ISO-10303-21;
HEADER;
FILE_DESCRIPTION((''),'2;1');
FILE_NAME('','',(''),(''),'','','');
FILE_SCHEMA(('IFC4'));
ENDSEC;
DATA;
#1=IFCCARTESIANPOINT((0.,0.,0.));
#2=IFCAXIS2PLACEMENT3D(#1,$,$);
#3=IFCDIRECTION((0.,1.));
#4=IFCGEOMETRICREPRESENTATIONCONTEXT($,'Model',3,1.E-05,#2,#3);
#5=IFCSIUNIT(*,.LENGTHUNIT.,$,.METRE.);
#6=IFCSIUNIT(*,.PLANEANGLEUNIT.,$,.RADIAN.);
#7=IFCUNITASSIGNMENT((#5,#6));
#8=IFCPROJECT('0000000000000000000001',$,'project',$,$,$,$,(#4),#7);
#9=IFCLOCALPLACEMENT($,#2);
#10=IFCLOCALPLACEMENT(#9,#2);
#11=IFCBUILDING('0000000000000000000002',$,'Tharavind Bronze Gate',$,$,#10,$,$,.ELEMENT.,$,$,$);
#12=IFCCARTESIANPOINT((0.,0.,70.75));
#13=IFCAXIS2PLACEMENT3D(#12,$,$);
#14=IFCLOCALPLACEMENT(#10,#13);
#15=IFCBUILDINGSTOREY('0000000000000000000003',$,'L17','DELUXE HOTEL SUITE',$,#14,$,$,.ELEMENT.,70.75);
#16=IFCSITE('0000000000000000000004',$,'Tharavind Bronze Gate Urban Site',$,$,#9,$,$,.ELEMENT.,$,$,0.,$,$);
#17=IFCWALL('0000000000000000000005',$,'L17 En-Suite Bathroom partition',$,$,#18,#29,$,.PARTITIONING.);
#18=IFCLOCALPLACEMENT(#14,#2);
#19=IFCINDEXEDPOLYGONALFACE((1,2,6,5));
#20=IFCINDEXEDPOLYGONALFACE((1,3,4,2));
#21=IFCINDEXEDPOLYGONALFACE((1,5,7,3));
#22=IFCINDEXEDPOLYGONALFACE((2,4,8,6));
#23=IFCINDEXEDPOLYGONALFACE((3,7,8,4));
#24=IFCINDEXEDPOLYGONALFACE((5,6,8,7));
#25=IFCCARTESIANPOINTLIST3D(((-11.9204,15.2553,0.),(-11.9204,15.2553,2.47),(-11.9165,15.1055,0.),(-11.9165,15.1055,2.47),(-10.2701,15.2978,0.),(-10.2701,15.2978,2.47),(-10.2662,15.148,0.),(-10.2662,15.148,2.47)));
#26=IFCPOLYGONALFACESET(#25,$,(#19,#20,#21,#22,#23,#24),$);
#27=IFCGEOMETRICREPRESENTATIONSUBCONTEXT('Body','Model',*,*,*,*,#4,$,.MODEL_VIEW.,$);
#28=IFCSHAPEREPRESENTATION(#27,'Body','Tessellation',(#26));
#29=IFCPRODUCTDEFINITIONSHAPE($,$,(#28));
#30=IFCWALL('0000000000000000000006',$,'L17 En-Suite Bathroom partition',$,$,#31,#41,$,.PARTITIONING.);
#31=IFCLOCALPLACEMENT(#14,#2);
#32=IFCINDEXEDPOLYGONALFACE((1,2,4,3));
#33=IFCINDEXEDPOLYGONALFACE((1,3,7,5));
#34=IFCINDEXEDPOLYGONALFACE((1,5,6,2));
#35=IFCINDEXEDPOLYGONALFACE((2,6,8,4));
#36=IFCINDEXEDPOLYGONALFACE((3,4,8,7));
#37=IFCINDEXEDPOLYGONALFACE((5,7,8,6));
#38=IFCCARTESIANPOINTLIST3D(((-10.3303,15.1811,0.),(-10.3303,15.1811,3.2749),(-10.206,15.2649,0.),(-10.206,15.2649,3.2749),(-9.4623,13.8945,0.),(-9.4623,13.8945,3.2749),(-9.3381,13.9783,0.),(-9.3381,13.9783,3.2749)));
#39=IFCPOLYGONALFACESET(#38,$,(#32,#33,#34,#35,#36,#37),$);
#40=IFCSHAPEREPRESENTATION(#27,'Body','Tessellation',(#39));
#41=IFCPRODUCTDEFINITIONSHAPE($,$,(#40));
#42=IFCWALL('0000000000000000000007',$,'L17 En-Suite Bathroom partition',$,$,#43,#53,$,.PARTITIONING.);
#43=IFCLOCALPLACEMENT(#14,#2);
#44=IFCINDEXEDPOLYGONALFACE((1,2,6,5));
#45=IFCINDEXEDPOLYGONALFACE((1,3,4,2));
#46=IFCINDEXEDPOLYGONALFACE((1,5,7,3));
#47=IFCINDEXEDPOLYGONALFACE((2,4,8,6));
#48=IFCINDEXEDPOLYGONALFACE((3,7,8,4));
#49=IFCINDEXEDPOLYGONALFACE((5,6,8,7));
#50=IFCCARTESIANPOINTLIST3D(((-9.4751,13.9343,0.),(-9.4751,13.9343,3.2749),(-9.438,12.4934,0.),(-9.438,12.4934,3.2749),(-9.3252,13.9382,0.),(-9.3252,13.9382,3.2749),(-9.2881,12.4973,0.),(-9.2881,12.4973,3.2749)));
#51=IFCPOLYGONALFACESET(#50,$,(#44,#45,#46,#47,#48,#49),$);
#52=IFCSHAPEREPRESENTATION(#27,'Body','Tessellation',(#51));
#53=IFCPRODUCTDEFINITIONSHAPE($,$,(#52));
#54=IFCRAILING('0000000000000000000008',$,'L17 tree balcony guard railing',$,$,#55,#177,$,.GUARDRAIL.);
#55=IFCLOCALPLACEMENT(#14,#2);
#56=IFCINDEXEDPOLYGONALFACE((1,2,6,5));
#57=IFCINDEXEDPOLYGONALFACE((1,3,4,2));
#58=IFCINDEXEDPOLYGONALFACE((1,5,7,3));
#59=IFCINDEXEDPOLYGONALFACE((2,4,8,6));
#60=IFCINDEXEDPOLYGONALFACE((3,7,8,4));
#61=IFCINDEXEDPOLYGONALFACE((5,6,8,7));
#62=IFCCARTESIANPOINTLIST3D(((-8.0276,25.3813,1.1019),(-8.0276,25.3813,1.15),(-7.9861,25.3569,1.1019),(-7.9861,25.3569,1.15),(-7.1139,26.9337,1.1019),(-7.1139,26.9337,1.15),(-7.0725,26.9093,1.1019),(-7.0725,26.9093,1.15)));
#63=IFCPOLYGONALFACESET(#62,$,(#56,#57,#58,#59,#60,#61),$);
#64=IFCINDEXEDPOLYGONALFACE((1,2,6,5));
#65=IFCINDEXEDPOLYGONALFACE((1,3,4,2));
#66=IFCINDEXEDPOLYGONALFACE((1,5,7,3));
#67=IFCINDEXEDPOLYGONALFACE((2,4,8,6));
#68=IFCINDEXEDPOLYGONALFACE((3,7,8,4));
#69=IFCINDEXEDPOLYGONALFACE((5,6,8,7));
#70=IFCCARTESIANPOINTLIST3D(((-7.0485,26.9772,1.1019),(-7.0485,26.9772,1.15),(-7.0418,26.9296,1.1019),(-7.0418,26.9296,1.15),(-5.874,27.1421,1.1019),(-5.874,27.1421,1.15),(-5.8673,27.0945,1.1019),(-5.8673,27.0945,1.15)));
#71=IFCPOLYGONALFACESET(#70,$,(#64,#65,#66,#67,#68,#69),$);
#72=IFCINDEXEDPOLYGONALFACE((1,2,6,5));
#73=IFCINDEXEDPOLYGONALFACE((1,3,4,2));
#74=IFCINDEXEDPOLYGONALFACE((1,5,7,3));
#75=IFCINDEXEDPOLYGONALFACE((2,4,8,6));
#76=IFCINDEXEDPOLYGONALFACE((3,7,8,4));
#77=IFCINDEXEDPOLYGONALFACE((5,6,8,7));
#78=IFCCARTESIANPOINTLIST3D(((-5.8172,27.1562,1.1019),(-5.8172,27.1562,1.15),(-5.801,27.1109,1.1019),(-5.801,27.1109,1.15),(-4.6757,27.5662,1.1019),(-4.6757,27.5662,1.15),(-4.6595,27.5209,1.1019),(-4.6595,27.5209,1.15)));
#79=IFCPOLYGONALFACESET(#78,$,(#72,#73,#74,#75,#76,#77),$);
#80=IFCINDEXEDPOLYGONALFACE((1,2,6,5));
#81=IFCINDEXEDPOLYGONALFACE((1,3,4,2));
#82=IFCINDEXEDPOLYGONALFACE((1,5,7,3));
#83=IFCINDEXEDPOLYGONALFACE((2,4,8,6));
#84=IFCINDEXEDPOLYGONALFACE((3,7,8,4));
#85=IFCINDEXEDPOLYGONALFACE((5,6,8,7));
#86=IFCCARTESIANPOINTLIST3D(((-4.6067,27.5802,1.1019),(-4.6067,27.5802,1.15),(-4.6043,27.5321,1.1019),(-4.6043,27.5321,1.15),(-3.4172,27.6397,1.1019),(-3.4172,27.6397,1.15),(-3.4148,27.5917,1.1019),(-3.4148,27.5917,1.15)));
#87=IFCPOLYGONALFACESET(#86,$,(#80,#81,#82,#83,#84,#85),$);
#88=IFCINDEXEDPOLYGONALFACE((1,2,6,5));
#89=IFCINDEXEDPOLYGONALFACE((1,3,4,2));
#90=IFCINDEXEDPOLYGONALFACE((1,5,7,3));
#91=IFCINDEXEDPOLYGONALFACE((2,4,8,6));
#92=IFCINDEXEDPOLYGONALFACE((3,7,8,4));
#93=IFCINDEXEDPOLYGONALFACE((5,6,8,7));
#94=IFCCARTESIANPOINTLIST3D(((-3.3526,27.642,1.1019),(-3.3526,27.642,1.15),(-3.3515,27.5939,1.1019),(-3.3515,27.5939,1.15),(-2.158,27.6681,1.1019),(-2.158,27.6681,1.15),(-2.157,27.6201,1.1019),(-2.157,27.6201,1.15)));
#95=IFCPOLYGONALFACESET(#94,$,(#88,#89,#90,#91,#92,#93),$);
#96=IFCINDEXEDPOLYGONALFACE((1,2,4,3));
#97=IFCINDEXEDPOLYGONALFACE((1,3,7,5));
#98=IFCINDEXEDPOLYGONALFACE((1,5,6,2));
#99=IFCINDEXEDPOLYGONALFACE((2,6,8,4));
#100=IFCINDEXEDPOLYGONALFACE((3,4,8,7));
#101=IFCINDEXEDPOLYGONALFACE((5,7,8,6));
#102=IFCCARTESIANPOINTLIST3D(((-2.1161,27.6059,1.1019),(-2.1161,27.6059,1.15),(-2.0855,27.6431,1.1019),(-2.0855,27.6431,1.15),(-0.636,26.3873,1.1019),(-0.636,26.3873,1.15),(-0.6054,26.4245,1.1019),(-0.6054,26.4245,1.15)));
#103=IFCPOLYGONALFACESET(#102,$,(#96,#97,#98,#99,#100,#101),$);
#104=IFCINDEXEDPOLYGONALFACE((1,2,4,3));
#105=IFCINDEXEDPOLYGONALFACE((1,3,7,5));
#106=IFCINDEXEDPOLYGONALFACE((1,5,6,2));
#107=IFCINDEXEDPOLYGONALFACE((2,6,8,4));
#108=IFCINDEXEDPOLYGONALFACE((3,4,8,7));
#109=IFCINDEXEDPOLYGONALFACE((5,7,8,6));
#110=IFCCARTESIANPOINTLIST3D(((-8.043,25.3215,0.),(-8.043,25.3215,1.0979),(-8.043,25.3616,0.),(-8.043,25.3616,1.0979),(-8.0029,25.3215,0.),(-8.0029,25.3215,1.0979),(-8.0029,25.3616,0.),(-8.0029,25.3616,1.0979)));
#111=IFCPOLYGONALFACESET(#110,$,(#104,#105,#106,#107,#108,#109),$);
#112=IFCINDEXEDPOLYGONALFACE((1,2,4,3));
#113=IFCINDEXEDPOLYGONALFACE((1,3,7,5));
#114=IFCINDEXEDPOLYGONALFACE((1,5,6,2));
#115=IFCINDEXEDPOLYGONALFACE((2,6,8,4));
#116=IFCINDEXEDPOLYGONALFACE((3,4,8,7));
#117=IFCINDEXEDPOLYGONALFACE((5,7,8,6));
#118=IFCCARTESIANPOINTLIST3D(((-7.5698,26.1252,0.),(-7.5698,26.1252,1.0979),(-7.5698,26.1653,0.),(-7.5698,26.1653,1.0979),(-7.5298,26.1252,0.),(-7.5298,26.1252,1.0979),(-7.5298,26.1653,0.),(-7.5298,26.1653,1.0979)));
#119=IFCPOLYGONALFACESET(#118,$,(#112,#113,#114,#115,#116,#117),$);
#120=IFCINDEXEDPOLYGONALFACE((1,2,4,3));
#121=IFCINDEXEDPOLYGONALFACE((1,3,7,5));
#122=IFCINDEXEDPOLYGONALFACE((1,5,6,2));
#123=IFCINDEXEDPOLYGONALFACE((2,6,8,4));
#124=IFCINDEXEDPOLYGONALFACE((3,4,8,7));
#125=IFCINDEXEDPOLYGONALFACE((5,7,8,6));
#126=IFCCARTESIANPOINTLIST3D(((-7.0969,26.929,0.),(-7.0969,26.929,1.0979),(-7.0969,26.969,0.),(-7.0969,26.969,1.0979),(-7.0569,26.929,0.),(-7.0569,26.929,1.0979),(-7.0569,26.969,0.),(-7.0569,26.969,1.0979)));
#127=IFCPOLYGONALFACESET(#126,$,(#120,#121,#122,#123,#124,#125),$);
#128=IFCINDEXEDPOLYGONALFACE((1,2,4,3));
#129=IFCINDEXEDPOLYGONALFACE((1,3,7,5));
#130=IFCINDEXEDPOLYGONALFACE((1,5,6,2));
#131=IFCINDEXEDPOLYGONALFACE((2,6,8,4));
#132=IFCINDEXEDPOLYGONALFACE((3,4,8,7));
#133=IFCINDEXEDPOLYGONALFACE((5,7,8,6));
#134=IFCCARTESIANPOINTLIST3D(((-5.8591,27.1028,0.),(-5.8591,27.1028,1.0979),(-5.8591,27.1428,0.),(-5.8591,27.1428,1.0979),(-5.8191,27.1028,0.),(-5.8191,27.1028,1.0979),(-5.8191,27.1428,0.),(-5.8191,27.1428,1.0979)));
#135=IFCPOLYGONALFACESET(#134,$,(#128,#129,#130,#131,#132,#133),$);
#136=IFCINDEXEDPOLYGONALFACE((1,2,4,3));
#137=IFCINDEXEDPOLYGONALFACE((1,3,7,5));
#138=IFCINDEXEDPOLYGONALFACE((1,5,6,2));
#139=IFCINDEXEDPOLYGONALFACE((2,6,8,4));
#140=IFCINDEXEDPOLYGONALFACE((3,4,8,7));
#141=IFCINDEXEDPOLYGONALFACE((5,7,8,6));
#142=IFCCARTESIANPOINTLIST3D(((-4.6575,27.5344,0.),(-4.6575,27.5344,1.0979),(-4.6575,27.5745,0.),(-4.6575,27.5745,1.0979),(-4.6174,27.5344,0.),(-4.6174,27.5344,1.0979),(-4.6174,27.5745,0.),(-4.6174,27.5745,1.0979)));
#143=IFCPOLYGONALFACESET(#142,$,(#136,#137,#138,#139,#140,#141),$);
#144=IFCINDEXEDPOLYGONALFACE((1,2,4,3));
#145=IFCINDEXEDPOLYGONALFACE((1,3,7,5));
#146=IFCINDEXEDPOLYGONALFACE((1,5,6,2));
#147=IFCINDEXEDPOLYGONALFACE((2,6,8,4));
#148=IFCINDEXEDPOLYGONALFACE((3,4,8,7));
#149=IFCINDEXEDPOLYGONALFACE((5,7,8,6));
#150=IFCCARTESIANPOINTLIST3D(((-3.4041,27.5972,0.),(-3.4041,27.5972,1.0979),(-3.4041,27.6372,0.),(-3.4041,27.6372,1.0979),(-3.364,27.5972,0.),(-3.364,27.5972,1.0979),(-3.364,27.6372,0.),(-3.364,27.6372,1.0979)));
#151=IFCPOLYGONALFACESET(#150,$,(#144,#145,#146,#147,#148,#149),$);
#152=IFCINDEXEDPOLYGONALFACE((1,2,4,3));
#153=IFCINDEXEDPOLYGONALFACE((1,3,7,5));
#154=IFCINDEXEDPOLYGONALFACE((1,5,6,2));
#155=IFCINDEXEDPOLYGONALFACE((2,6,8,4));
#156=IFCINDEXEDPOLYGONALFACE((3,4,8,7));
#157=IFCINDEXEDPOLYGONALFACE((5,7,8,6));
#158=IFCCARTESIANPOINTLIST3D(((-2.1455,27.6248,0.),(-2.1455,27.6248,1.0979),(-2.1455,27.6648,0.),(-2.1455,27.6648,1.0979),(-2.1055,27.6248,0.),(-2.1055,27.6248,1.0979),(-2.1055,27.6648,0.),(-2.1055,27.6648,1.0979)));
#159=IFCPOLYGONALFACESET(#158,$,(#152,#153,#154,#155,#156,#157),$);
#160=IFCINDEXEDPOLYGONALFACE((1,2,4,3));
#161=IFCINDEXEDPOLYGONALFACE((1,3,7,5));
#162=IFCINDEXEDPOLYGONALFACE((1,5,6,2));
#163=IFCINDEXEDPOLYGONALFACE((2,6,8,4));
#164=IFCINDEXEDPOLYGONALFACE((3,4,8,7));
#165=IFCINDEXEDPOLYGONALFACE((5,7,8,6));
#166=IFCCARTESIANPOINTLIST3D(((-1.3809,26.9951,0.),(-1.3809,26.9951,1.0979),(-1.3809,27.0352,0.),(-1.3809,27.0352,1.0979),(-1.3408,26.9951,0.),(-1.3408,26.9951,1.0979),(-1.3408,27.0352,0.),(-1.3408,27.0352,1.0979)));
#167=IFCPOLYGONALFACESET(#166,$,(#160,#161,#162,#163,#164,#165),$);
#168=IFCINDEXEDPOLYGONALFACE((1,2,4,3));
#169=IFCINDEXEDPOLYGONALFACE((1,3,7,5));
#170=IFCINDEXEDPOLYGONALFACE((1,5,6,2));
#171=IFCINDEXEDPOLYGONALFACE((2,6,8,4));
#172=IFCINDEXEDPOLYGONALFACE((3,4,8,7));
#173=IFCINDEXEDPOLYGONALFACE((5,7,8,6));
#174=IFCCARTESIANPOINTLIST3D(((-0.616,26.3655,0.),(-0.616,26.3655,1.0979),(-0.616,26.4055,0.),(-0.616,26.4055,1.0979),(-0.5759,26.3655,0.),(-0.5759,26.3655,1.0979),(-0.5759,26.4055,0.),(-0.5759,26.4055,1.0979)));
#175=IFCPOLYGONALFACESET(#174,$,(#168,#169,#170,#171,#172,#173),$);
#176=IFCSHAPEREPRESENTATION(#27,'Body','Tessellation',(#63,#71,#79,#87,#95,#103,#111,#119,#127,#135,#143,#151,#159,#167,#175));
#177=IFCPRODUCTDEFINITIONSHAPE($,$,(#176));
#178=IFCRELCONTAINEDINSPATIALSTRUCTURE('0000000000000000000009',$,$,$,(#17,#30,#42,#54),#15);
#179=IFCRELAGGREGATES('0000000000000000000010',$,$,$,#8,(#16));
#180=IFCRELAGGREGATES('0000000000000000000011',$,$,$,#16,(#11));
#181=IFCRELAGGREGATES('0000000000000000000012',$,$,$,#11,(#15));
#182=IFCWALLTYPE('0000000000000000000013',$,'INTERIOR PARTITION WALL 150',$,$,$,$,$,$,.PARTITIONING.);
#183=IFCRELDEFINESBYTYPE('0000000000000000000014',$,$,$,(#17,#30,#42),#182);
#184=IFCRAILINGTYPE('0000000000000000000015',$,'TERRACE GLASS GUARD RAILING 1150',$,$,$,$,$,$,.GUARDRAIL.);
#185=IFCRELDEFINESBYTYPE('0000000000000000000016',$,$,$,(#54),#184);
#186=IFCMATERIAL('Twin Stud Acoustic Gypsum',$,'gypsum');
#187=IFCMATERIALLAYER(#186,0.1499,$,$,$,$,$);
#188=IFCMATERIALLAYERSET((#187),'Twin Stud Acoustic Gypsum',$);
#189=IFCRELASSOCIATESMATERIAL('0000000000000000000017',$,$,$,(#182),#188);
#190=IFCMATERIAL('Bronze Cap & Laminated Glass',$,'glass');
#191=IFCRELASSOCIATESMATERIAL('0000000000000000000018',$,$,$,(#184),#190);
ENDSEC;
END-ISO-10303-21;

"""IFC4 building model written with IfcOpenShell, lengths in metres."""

from ifc_helpers import new_model, si_unit, direction, frame, frame_2d, origin, origin_2d, place, context, subcontext, project, spatial, rectangle, extrude, material, layer, layer_set, type_object, element, save


model = new_model("IFC4")

# Units and contexts
model_context = context("Model", 3, precision=1e-05, world=origin(), true_north=direction((0.0, 1.0)))
body_context = subcontext(model_context, "Body", "Model", "MODEL_VIEW")
ifc_project = project(units=[si_unit("LENGTHUNIT", "METRE"), si_unit("PLANEANGLEUNIT", "RADIAN")], contexts=[model_context])

# Site, building, storey
site_placement = place(None, origin())
site = spatial("IfcSite", under=ifc_project, at=site_placement, Name="Tharavind Bronze Gate Urban Site", CompositionType="ELEMENT", RefElevation=0.0)
building_placement = place(site_placement, origin())
building = spatial("IfcBuilding", under=site, at=building_placement, Name="Tharavind Bronze Gate", CompositionType="ELEMENT")
storey_placement = place(building_placement, frame((0.0, 0.0, 70.75)))
storey = spatial("IfcBuildingStorey", under=building, at=storey_placement, Name="L17", Description="DELUXE HOTEL SUITE", CompositionType="ELEMENT", Elevation=70.75)

# Walls
ifc_material_1 = material(Name="Twin Stud Acoustic Gypsum", Category="gypsum")
ifc_layer_1 = layer(ifc_material_1, 0.1499)
ifc_layer_set_1 = layer_set([ifc_layer_1], Name="Twin Stud Acoustic Gypsum")
wall_type_1 = type_object("IfcWallType", Name="INTERIOR PARTITION WALL 150", PredefinedType="PARTITIONING", material=ifc_layer_set_1)
wall_1_placement = place(storey_placement, frame((-11.9185, 15.1804, 0.0), z_axis=(0.0, 0.0, 1.0), x_axis=(0.999669, 0.025731, 0.0)))
element("IfcWall", 1, at=wall_1_placement, inside=storey, type_object=wall_type_1, Name="L17 En-Suite Bathroom partition", PredefinedType="PARTITIONING", context=body_context, shape_type="SweptSolid", body=[
    extrude(rectangle(XDim=1.6509, YDim=0.1499, at=frame_2d((0.8254, 0.0))), origin(), (0.0, 0.0, 1.0), 2.47),
])
wall_2_placement = place(storey_placement, frame((-10.2681, 15.2229, 0.0), z_axis=(0.0, 0.0, 1.0), x_axis=(0.55923, -0.829013, 0.0)))
element("IfcWall", 2, at=wall_2_placement, inside=storey, type_object=wall_type_1, Name="L17 En-Suite Bathroom partition", PredefinedType="PARTITIONING", context=body_context, shape_type="SweptSolid", body=[
    extrude(rectangle(XDim=1.552, YDim=0.1499, at=frame_2d((0.7759, 0.0))), origin(), (0.0, 0.0, 1.0), 3.2749),
])
wall_3_placement = place(storey_placement, frame((-9.4001, 13.9363, 0.0), z_axis=(0.0, 0.0, 1.0), x_axis=(0.025745, -0.999669, 0.0)))
element("IfcWall", 3, at=wall_3_placement, inside=storey, type_object=wall_type_1, Name="L17 En-Suite Bathroom partition", PredefinedType="PARTITIONING", context=body_context, shape_type="SweptSolid", body=[
    extrude(rectangle(XDim=1.4414, YDim=0.1499, at=frame_2d((0.7207, 0.0))), origin(), (0.0, 0.0, 1.0), 3.2749),
])

# Railing
ifc_material_2 = material(Name="Bronze Cap & Laminated Glass", Category="glass")
railing_type = type_object("IfcRailingType", Name="TERRACE GLASS GUARD RAILING 1150", PredefinedType="GUARDRAIL", material=ifc_material_2)
railing_placement = place(storey_placement, frame((-8.0229, 25.3416, 0.0)))
element("IfcRailing", 4, at=railing_placement, inside=storey, type_object=railing_type, Name="L17 tree balcony guard railing", PredefinedType="GUARDRAIL", context=body_context, shape_type="SweptSolid", body=[
    extrude(rectangle(XDim=0.0481, YDim=0.0481, at=origin_2d()), frame((0.0161, 0.0276, 1.126), z_axis=(0.50722, 0.861816, 0.0), x_axis=(-0.861816, 0.50722, 0.0)), (0.0, 0.0, 1.0), 1.8013),
    extrude(rectangle(XDim=0.0481, YDim=0.0481, at=origin_2d()), frame((0.9778, 1.6118, 1.126), z_axis=(0.990283, 0.139069, 0.0), x_axis=(-0.139069, 0.990283, 0.0)), (0.0, 0.0, 1.0), 1.186),
    extrude(rectangle(XDim=0.0481, YDim=0.0481, at=origin_2d()), frame((2.2139, 1.792, 1.126), z_axis=(0.941126, 0.338056, 0.0), x_axis=(-0.338056, 0.941126, 0.0)), (0.0, 0.0, 1.0), 1.2129),
    extrude(rectangle(XDim=0.0481, YDim=0.0481, at=origin_2d()), frame((3.4175, 2.2146, 1.126), z_axis=(0.998749, 0.049996, 0.0), x_axis=(-0.049996, 0.998749, 0.0)), (0.0, 0.0, 1.0), 1.1909),
    extrude(rectangle(XDim=0.0481, YDim=0.0481, at=origin_2d()), frame((4.6709, 2.2764, 1.126), z_axis=(0.99976, 0.021915, 0.0), x_axis=(-0.021915, 0.99976, 0.0)), (0.0, 0.0, 1.0), 1.1948),
    extrude(rectangle(XDim=0.0481, YDim=0.0481, at=origin_2d()), frame((5.9221, 2.283, 1.126), z_axis=(0.772016, -0.635604, 0.0), x_axis=(0.635604, 0.772016, 0.0)), (0.0, 0.0, 1.0), 1.9172),
    extrude(rectangle(XDim=0.04, YDim=0.04, at=origin_2d()), origin(), (0.0, 0.0, 1.0), 1.0979),
    extrude(rectangle(XDim=0.04, YDim=0.04, at=origin_2d()), frame((0.4731, 0.8037, 0.0)), (0.0, 0.0, 1.0), 1.0979),
    extrude(rectangle(XDim=0.04, YDim=0.04, at=origin_2d()), frame((0.946, 1.6074, 0.0)), (0.0, 0.0, 1.0), 1.0979),
    extrude(rectangle(XDim=0.04, YDim=0.04, at=origin_2d()), frame((2.1838, 1.7812, 0.0)), (0.0, 0.0, 1.0), 1.0979),
    extrude(rectangle(XDim=0.04, YDim=0.04, at=origin_2d()), frame((3.3855, 2.2129, 0.0)), (0.0, 0.0, 1.0), 1.0979),
    extrude(rectangle(XDim=0.04, YDim=0.04, at=origin_2d()), frame((4.6389, 2.2756, 0.0)), (0.0, 0.0, 1.0), 1.0979),
    extrude(rectangle(XDim=0.04, YDim=0.04, at=origin_2d()), frame((5.8975, 2.3032, 0.0)), (0.0, 0.0, 1.0), 1.0979),
    extrude(rectangle(XDim=0.04, YDim=0.04, at=origin_2d()), frame((6.6621, 1.6736, 0.0)), (0.0, 0.0, 1.0), 1.0979),
    extrude(rectangle(XDim=0.04, YDim=0.04, at=origin_2d()), frame((7.427, 1.0439, 0.0)), (0.0, 0.0, 1.0), 1.0979),
])

save(model, "model.ifc")
